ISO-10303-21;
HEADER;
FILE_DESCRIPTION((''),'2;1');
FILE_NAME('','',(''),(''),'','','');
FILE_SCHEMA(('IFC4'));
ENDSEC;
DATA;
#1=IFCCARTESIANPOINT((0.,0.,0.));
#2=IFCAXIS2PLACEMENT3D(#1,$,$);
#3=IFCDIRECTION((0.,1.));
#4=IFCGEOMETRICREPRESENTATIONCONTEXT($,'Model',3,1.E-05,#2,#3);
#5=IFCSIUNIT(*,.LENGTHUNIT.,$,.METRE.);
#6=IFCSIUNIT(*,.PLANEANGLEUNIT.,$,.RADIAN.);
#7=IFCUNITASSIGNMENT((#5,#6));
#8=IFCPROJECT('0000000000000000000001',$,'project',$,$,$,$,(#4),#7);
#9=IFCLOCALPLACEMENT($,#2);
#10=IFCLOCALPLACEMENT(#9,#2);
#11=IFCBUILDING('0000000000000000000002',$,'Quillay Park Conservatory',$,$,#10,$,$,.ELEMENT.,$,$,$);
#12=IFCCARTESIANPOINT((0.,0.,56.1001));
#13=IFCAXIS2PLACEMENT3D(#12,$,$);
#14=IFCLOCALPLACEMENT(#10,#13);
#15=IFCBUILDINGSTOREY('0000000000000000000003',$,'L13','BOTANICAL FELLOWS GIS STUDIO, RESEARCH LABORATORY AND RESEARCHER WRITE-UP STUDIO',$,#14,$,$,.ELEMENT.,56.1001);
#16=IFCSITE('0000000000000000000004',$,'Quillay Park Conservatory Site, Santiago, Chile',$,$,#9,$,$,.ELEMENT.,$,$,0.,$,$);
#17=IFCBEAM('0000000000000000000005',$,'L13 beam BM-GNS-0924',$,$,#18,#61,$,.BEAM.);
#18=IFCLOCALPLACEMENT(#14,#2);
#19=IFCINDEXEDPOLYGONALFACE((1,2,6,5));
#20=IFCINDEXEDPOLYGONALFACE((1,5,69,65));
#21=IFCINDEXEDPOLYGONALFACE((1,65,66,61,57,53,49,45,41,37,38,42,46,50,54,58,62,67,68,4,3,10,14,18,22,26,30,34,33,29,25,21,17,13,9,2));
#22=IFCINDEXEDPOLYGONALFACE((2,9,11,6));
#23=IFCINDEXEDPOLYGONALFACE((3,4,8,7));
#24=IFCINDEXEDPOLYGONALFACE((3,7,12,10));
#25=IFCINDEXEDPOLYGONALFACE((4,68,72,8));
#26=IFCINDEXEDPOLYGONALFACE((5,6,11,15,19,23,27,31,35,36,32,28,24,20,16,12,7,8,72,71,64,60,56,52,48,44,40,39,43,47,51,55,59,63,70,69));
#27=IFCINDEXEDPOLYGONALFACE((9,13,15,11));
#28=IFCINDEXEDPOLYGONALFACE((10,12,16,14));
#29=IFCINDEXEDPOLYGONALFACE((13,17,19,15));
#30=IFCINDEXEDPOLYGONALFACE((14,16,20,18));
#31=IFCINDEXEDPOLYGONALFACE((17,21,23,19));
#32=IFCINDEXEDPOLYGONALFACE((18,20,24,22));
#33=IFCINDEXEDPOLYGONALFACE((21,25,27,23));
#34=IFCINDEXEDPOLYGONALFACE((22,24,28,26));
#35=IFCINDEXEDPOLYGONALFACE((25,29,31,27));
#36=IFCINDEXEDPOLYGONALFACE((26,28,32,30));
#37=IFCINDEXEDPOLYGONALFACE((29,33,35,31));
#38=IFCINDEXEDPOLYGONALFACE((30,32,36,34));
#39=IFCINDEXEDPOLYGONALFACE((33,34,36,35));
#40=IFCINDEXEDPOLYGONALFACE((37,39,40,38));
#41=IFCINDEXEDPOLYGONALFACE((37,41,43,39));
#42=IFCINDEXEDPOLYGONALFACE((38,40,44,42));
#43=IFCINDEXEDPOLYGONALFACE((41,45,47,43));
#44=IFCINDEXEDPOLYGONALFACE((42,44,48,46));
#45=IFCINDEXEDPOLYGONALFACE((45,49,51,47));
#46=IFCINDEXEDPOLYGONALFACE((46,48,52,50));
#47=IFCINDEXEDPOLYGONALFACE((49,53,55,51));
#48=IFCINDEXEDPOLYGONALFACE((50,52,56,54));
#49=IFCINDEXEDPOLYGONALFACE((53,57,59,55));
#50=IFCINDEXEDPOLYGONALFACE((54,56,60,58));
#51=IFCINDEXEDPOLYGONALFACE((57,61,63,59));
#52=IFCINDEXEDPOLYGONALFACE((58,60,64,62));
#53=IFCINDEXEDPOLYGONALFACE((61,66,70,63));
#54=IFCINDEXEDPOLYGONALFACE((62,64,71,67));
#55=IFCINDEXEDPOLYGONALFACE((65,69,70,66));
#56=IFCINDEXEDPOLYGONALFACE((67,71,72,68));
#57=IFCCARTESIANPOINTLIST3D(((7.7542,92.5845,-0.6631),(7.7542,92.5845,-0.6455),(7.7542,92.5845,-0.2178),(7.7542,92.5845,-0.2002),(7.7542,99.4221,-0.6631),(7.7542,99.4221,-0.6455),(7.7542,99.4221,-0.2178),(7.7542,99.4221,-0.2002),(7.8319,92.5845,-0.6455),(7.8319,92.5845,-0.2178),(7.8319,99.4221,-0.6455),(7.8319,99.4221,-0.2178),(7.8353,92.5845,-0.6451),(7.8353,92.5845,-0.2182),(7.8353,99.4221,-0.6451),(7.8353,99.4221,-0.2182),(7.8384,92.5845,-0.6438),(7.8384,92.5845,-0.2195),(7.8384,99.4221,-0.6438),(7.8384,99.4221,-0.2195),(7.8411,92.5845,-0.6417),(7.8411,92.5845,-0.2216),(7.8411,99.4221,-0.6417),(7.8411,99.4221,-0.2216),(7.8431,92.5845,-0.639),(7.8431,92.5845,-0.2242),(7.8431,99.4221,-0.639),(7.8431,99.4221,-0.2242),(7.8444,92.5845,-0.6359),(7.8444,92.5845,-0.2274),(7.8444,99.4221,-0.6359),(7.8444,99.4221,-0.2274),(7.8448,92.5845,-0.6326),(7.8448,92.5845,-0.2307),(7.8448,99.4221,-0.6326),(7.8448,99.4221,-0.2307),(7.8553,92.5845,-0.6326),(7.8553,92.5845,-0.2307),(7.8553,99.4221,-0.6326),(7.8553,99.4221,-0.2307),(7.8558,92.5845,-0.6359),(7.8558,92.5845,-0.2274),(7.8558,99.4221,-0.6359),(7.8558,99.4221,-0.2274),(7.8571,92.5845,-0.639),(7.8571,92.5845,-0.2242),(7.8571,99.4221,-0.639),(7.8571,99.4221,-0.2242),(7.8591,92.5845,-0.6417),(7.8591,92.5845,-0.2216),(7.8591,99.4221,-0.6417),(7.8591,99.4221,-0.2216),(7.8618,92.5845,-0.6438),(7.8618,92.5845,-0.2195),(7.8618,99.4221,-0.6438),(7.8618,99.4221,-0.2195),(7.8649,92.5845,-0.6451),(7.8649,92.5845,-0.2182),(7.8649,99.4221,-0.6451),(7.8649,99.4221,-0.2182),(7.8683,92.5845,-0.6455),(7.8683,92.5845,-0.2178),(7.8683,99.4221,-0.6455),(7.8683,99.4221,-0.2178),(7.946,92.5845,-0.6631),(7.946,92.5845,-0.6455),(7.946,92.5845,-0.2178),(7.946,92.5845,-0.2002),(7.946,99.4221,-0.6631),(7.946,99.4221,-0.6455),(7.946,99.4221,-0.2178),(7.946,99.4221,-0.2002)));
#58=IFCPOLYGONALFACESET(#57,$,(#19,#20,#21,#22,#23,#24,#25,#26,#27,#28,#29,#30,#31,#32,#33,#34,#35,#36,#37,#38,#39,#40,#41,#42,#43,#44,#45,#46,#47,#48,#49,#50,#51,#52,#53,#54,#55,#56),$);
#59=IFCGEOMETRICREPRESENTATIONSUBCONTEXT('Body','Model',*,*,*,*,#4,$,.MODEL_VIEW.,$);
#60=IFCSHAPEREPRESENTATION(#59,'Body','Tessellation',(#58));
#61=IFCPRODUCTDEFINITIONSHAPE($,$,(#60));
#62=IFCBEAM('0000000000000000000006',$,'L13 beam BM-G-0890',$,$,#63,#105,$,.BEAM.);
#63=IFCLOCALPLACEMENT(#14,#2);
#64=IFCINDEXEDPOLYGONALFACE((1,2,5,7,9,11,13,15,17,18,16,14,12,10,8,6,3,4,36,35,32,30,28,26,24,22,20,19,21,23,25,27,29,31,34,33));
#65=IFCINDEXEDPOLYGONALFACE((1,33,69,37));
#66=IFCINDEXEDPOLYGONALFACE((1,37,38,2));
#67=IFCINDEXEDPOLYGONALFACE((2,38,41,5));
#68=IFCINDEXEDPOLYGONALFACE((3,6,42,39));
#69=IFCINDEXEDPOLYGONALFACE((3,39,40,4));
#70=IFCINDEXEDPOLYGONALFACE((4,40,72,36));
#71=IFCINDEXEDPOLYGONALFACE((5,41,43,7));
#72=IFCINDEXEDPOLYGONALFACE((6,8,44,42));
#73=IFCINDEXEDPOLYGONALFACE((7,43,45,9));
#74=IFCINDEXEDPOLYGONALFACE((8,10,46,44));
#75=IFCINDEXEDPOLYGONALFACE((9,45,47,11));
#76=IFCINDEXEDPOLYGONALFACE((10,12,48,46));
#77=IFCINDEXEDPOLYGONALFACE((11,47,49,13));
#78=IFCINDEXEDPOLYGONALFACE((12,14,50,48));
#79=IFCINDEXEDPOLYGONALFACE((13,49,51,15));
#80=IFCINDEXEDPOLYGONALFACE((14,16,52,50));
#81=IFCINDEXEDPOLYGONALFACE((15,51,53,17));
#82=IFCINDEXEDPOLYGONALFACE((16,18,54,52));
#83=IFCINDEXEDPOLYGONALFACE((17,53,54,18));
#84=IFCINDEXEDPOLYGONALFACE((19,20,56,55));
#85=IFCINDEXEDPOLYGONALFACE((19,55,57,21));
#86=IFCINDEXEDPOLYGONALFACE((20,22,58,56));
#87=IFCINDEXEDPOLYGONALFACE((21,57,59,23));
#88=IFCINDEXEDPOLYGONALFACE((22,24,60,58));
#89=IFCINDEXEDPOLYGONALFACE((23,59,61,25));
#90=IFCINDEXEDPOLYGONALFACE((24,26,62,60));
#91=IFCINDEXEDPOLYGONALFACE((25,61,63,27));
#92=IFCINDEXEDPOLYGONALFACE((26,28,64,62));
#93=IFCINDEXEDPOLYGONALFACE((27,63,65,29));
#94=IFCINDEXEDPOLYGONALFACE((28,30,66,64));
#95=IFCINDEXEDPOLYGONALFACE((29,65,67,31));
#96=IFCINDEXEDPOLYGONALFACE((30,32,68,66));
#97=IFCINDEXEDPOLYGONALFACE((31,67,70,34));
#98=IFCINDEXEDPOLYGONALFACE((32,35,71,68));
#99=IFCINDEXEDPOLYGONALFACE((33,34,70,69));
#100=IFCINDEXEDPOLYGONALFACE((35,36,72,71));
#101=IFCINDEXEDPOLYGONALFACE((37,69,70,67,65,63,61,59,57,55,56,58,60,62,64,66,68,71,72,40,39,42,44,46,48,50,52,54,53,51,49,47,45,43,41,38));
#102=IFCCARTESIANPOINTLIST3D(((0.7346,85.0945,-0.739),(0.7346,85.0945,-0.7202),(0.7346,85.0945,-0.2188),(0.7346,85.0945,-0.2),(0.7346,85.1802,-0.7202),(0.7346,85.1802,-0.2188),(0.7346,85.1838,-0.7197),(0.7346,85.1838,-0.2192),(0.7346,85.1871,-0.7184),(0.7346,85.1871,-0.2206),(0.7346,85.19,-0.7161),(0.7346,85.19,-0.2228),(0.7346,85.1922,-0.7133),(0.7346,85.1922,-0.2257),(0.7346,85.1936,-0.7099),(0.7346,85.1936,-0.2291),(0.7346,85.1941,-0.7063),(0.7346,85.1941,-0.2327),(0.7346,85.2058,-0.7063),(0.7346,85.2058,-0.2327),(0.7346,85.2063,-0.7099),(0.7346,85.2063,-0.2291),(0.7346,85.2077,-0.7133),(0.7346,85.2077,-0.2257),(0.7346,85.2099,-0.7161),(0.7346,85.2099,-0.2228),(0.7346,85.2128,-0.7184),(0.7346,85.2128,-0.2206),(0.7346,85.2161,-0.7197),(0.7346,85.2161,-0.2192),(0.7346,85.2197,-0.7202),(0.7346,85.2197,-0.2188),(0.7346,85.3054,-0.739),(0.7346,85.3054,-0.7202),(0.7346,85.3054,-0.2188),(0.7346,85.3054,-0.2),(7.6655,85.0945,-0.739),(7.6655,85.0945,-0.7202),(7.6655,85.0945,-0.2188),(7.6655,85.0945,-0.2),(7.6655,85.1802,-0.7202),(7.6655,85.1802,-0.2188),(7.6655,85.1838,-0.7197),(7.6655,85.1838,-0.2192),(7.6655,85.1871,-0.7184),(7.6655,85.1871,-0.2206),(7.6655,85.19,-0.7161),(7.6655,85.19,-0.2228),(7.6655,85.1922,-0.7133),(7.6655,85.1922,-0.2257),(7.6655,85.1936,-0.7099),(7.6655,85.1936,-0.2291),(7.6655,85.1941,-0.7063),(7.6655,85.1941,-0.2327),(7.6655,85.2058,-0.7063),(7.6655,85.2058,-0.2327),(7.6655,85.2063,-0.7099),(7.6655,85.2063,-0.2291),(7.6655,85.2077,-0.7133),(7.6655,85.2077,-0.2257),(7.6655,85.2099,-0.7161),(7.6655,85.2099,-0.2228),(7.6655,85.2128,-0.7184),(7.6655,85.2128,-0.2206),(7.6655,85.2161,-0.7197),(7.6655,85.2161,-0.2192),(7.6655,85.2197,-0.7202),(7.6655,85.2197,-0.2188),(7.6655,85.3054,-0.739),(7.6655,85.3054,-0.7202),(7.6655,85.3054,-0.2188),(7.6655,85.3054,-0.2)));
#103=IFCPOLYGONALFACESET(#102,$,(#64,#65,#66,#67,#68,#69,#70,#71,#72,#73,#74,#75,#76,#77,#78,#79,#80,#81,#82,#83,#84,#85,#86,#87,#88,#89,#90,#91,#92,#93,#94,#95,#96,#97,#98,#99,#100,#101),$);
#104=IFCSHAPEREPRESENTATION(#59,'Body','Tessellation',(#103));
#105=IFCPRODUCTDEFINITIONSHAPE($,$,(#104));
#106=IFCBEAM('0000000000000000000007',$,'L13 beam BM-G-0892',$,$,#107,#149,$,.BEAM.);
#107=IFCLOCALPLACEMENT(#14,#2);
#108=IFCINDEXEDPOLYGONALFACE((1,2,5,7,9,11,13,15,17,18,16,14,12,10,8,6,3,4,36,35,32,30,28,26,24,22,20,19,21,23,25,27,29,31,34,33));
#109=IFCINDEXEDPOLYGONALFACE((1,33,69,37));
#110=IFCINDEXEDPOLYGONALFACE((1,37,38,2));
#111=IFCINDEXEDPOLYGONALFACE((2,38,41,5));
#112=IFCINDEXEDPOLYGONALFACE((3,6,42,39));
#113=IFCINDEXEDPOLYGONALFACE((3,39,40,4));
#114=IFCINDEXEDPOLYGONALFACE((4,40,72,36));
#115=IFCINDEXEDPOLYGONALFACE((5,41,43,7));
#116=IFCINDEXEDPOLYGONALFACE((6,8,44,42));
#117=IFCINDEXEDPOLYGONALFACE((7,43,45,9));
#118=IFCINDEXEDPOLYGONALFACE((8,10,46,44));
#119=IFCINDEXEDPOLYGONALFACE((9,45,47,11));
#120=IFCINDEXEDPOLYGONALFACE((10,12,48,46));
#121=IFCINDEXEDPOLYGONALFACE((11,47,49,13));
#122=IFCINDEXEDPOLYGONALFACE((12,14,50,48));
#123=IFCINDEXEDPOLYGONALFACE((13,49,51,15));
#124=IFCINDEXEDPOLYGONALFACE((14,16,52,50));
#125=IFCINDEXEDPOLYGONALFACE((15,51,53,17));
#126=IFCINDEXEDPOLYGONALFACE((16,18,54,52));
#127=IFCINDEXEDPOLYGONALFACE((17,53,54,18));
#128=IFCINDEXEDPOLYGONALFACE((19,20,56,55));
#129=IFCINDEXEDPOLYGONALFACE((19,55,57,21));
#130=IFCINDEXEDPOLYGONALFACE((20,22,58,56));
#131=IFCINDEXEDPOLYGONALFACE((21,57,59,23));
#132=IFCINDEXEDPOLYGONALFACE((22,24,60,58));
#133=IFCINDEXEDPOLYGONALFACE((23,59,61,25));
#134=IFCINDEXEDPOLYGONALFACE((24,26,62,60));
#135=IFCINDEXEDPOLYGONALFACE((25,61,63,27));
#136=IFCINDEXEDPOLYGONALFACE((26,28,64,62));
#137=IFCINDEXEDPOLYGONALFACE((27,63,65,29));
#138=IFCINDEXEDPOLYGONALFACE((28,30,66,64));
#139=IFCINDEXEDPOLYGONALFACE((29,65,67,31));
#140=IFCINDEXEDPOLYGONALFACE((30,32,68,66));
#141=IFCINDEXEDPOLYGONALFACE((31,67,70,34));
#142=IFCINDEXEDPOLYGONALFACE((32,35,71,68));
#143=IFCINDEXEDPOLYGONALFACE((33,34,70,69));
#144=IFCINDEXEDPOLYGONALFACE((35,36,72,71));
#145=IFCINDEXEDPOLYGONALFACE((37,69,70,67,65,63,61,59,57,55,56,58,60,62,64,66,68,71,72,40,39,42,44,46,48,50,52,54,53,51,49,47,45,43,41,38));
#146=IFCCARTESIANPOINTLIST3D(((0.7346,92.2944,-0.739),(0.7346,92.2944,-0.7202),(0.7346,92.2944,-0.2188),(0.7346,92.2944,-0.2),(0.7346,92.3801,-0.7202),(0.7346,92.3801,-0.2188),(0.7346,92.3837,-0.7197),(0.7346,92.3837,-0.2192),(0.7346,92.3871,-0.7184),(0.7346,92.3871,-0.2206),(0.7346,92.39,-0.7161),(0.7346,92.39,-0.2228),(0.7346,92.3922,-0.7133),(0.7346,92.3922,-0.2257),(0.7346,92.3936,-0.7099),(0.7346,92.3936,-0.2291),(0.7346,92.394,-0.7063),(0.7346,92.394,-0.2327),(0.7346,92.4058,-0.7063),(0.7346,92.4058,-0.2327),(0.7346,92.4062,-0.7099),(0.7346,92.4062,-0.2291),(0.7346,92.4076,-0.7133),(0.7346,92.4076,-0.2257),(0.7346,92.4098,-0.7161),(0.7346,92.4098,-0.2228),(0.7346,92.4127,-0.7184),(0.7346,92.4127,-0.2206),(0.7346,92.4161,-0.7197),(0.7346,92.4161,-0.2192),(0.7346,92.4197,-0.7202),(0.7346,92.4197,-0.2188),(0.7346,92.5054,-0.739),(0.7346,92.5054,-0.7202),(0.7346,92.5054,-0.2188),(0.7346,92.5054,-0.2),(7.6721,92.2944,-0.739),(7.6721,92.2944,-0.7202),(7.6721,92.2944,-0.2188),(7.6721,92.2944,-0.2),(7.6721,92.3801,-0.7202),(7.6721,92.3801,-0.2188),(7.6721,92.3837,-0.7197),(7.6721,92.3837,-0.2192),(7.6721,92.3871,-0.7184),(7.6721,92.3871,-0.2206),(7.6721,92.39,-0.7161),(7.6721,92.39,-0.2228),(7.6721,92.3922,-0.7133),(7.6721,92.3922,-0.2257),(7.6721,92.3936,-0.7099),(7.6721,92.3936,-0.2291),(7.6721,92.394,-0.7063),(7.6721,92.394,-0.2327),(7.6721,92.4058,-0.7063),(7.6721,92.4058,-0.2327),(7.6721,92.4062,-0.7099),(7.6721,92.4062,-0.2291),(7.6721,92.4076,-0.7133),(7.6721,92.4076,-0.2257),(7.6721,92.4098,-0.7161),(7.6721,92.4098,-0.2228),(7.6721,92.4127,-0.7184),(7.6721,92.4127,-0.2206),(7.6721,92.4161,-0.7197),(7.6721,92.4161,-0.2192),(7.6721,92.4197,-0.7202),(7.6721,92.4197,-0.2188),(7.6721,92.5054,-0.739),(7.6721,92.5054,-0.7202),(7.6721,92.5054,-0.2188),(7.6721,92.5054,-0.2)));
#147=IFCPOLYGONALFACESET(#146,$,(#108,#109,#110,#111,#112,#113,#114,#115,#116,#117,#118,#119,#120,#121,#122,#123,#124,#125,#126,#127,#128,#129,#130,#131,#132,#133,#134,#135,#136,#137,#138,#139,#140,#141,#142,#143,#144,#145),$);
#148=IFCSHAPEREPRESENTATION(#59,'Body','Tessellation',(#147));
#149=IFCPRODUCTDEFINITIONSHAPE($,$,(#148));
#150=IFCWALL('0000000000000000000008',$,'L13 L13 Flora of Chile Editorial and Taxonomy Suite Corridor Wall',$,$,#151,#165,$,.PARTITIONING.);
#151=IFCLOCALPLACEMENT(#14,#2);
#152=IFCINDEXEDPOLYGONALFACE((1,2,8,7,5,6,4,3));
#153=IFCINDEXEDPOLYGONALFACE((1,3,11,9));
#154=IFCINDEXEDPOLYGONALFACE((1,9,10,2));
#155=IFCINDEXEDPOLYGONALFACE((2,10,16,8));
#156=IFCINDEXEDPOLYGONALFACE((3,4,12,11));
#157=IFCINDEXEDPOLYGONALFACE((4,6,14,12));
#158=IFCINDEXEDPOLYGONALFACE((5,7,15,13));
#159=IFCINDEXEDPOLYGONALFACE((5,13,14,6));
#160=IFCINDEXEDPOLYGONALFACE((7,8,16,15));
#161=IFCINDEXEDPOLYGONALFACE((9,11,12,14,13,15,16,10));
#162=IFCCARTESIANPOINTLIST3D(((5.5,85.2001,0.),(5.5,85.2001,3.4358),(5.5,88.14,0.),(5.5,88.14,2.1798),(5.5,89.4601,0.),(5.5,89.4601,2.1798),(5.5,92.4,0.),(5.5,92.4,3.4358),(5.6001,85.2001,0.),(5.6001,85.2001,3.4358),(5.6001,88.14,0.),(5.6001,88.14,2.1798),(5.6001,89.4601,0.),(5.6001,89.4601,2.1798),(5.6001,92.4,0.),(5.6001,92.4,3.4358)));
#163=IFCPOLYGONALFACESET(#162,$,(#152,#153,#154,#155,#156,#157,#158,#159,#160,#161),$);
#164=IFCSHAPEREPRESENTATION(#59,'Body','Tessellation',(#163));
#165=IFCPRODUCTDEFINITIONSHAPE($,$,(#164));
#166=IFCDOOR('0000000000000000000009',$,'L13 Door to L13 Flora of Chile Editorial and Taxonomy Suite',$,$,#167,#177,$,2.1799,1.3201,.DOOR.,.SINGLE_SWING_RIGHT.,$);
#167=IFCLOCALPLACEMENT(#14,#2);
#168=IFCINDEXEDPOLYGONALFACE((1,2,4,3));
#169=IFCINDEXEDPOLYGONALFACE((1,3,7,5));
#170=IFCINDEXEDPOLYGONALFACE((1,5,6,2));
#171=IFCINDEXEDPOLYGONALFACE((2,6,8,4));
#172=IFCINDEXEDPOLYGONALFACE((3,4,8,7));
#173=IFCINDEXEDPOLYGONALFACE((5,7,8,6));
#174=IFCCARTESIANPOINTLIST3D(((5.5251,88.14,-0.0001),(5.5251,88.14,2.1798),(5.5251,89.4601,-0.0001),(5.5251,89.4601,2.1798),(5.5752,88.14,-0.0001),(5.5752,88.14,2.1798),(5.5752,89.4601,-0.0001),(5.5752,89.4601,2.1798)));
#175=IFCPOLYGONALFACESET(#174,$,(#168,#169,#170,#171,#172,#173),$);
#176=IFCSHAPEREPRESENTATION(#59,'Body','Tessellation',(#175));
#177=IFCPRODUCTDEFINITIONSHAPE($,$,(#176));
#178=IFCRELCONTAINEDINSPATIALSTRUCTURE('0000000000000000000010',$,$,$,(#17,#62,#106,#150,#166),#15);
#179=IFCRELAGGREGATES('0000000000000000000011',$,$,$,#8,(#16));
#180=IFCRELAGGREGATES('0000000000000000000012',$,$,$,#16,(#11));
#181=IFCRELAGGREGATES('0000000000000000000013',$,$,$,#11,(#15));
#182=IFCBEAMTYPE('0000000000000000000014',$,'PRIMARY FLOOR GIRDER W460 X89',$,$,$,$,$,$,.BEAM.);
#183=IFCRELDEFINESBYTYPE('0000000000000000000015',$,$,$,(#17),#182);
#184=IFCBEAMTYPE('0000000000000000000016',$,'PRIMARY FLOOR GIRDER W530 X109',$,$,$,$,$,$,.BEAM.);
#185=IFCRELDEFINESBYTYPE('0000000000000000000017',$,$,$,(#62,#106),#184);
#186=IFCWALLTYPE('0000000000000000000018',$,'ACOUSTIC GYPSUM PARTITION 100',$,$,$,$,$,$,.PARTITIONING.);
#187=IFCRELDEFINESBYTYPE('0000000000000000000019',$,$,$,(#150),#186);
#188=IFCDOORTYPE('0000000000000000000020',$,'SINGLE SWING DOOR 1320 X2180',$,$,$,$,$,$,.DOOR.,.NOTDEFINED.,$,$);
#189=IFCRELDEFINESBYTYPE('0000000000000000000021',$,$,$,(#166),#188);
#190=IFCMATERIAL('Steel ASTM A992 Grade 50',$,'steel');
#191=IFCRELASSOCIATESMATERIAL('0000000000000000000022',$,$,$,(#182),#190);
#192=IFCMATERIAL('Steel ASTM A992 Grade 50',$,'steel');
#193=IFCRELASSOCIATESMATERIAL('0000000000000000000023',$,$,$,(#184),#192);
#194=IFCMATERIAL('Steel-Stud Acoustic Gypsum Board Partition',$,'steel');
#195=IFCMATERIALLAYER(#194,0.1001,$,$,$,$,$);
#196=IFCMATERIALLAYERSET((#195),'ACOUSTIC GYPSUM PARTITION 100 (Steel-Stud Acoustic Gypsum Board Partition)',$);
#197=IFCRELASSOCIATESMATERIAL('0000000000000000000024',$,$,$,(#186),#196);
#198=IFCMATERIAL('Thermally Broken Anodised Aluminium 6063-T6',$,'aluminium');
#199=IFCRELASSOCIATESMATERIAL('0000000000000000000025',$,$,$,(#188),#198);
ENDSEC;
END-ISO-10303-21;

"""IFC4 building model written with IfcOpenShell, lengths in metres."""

from ifc_helpers import new_model, si_unit, direction, frame, frame_2d, origin, origin_2d, place, context, subcontext, project, spatial, rectangle, i_section, extrude, material, layer, layer_set, material_profile, profile_set, type_object, element, fill, save


model = new_model("IFC4")

# Units and contexts
model_context = context("Model", 3, precision=1e-05, world=origin(), true_north=direction((0.0, 1.0)))
body_context = subcontext(model_context, "Body", "Model", "MODEL_VIEW")
ifc_project = project(units=[si_unit("LENGTHUNIT", "METRE"), si_unit("PLANEANGLEUNIT", "RADIAN")], contexts=[model_context])

# Site, building, storey
site_placement = place(None, origin())
site = spatial("IfcSite", under=ifc_project, at=site_placement, Name="Quillay Park Conservatory Site, Santiago, Chile", CompositionType="ELEMENT", RefElevation=0.0)
building_placement = place(site_placement, origin())
building = spatial("IfcBuilding", under=site, at=building_placement, Name="Quillay Park Conservatory", CompositionType="ELEMENT")
storey_placement = place(building_placement, frame((0.0, 0.0, 56.1001)))
storey = spatial("IfcBuildingStorey", under=building, at=storey_placement, Name="L13", Description="BOTANICAL FELLOWS GIS STUDIO, RESEARCH LABORATORY AND RESEARCHER WRITE-UP STUDIO", CompositionType="ELEMENT", Elevation=56.1001)

# Beams
ifc_material_1 = material(Name="Steel ASTM A992 Grade 50", Category="steel")
ifc_material_profile_1 = material_profile(ifc_material_1, i_section(OverallWidth=0.1919, OverallDepth=0.4629, WebThickness=0.0105, FlangeThickness=0.0176, FilletRadius=0.0129, at=origin_2d()), Name="W460x89")
ifc_profile_set_1 = profile_set([ifc_material_profile_1], Name="Steel ASTM A992 Grade 50")
beam_type_1 = type_object("IfcBeamType", Name="PRIMARY FLOOR GIRDER W460 X89", PredefinedType="BEAM", material=ifc_profile_set_1)
for number, where, z_axis, x_axis, name in (
    (1, (7.8501, 92.5845, -0.4316), (0.0, 1.0, 0.0), (-1.0, 0.0, 0.0), "L13 beam BM-GNS-0924"),
):
    element("IfcBeam", number, at=place(storey_placement, frame(where, z_axis=z_axis, x_axis=x_axis)), inside=storey, type_object=beam_type_1, Name=name, PredefinedType="BEAM", context=body_context, shape_type="SweptSolid", body=[
        extrude(i_section(OverallWidth=0.1919, OverallDepth=0.4629, WebThickness=0.0105, FlangeThickness=0.0176, FilletRadius=0.0129, at=origin_2d()), origin(), (0.0, 0.0, 1.0), 6.8376),
    ])
ifc_material_2 = material(Name="Steel ASTM A992 Grade 50", Category="steel")
ifc_material_profile_2 = material_profile(ifc_material_2, i_section(OverallWidth=0.2109, OverallDepth=0.5391, WebThickness=0.0117, FlangeThickness=0.0188, FilletRadius=0.0139, at=origin_2d()), Name="W530x109")
ifc_profile_set_2 = profile_set([ifc_material_profile_2], Name="Steel ASTM A992 Grade 50")
beam_type_2 = type_object("IfcBeamType", Name="PRIMARY FLOOR GIRDER W530 X109", PredefinedType="BEAM", material=ifc_profile_set_2)
beam_1_placement = place(storey_placement, frame((0.7346, 85.2, -0.4695), z_axis=(1.0, 0.0, 0.0), x_axis=(0.0, 1.0, 0.0)))
element("IfcBeam", 2, at=beam_1_placement, inside=storey, type_object=beam_type_2, Name="L13 beam BM-G-0890", PredefinedType="BEAM", context=body_context, shape_type="SweptSolid", body=[
    extrude(i_section(OverallWidth=0.2109, OverallDepth=0.5391, WebThickness=0.0117, FlangeThickness=0.0188, FilletRadius=0.0139, at=origin_2d()), origin(), (0.0, 0.0, 1.0), 6.9309),
])
beam_2_placement = place(storey_placement, frame((0.7346, 92.3999, -0.4695), z_axis=(1.0, 0.0, 0.0), x_axis=(0.0, 1.0, 0.0)))
element("IfcBeam", 3, at=beam_2_placement, inside=storey, type_object=beam_type_2, Name="L13 beam BM-G-0892", PredefinedType="BEAM", context=body_context, shape_type="SweptSolid", body=[
    extrude(i_section(OverallWidth=0.2109, OverallDepth=0.5391, WebThickness=0.0117, FlangeThickness=0.0188, FilletRadius=0.0139, at=origin_2d()), origin(), (0.0, 0.0, 1.0), 6.9375),
])

# Wall, opening, door
ifc_material_3 = material(Name="Steel-Stud Acoustic Gypsum Board Partition", Category="steel")
ifc_layer_1 = layer(ifc_material_3, 0.1001)
ifc_layer_set_1 = layer_set([ifc_layer_1], Name="ACOUSTIC GYPSUM PARTITION 100 (Steel-Stud Acoustic Gypsum Board Partition)")
wall_type_1 = type_object("IfcWallType", Name="ACOUSTIC GYPSUM PARTITION 100", PredefinedType="PARTITIONING", material=ifc_layer_set_1)
wall_1_placement = place(storey_placement, frame((5.55, 85.2, 0.0), z_axis=(0.0, 0.0, 1.0), x_axis=(0.0, 1.0, 0.0)))
wall_1 = element("IfcWall", 4, at=wall_1_placement, inside=storey, type_object=wall_type_1, Name="L13 L13 Flora of Chile Editorial and Taxonomy Suite Corridor Wall", PredefinedType="PARTITIONING", context=body_context, shape_type="SweptSolid", body=[
    extrude(rectangle(XDim=7.2, YDim=0.1001, at=frame_2d((3.6001, 0.0))), origin(), (0.0, 0.0, 1.0), 3.4358),
])
opening_1_placement = place(wall_1_placement, frame((2.9399, 0.0, 0.0)))
opening_1 = element("IfcOpeningElement", 5, at=opening_1_placement, cuts=wall_1, PredefinedType="OPENING", context=body_context, shape_type="SweptSolid", body=[
    extrude(rectangle(XDim=1.3201, YDim=2.1799, at=frame_2d((0.6602, 1.0898))), frame((0.0, 0.05, 0.0), z_axis=(0.0, -1.0, 0.0), x_axis=(1.0, 0.0, 0.0)), (0.0, 0.0, 1.0), 0.1001),
])
ifc_material_4 = material(Name="Thermally Broken Anodised Aluminium 6063-T6", Category="aluminium")
door_type_1 = type_object("IfcDoorType", Name="SINGLE SWING DOOR 1320 X2180", OperationType="NOTDEFINED", PredefinedType="DOOR", material=ifc_material_4)
door_1_placement = place(opening_1_placement, origin())
door_1 = element("IfcDoor", 6, at=door_1_placement, inside=storey, type_object=door_type_1, Name="L13 Door to L13 Flora of Chile Editorial and Taxonomy Suite", OperationType="SINGLE_SWING_RIGHT", OverallHeight=2.1799, OverallWidth=1.3201, PredefinedType="DOOR", context=body_context, shape_type="SweptSolid", body=[
    extrude(rectangle(XDim=1.3201, YDim=2.1799, at=frame_2d((0.6602, 1.0898))), frame((0.0, 0.0249, 0.0), z_axis=(0.0, -1.0, 0.0), x_axis=(1.0, 0.0, 0.0)), (0.0, 0.0, 1.0), 0.05),
])
fill(opening_1, door_1)

save(model, "model.ifc")
